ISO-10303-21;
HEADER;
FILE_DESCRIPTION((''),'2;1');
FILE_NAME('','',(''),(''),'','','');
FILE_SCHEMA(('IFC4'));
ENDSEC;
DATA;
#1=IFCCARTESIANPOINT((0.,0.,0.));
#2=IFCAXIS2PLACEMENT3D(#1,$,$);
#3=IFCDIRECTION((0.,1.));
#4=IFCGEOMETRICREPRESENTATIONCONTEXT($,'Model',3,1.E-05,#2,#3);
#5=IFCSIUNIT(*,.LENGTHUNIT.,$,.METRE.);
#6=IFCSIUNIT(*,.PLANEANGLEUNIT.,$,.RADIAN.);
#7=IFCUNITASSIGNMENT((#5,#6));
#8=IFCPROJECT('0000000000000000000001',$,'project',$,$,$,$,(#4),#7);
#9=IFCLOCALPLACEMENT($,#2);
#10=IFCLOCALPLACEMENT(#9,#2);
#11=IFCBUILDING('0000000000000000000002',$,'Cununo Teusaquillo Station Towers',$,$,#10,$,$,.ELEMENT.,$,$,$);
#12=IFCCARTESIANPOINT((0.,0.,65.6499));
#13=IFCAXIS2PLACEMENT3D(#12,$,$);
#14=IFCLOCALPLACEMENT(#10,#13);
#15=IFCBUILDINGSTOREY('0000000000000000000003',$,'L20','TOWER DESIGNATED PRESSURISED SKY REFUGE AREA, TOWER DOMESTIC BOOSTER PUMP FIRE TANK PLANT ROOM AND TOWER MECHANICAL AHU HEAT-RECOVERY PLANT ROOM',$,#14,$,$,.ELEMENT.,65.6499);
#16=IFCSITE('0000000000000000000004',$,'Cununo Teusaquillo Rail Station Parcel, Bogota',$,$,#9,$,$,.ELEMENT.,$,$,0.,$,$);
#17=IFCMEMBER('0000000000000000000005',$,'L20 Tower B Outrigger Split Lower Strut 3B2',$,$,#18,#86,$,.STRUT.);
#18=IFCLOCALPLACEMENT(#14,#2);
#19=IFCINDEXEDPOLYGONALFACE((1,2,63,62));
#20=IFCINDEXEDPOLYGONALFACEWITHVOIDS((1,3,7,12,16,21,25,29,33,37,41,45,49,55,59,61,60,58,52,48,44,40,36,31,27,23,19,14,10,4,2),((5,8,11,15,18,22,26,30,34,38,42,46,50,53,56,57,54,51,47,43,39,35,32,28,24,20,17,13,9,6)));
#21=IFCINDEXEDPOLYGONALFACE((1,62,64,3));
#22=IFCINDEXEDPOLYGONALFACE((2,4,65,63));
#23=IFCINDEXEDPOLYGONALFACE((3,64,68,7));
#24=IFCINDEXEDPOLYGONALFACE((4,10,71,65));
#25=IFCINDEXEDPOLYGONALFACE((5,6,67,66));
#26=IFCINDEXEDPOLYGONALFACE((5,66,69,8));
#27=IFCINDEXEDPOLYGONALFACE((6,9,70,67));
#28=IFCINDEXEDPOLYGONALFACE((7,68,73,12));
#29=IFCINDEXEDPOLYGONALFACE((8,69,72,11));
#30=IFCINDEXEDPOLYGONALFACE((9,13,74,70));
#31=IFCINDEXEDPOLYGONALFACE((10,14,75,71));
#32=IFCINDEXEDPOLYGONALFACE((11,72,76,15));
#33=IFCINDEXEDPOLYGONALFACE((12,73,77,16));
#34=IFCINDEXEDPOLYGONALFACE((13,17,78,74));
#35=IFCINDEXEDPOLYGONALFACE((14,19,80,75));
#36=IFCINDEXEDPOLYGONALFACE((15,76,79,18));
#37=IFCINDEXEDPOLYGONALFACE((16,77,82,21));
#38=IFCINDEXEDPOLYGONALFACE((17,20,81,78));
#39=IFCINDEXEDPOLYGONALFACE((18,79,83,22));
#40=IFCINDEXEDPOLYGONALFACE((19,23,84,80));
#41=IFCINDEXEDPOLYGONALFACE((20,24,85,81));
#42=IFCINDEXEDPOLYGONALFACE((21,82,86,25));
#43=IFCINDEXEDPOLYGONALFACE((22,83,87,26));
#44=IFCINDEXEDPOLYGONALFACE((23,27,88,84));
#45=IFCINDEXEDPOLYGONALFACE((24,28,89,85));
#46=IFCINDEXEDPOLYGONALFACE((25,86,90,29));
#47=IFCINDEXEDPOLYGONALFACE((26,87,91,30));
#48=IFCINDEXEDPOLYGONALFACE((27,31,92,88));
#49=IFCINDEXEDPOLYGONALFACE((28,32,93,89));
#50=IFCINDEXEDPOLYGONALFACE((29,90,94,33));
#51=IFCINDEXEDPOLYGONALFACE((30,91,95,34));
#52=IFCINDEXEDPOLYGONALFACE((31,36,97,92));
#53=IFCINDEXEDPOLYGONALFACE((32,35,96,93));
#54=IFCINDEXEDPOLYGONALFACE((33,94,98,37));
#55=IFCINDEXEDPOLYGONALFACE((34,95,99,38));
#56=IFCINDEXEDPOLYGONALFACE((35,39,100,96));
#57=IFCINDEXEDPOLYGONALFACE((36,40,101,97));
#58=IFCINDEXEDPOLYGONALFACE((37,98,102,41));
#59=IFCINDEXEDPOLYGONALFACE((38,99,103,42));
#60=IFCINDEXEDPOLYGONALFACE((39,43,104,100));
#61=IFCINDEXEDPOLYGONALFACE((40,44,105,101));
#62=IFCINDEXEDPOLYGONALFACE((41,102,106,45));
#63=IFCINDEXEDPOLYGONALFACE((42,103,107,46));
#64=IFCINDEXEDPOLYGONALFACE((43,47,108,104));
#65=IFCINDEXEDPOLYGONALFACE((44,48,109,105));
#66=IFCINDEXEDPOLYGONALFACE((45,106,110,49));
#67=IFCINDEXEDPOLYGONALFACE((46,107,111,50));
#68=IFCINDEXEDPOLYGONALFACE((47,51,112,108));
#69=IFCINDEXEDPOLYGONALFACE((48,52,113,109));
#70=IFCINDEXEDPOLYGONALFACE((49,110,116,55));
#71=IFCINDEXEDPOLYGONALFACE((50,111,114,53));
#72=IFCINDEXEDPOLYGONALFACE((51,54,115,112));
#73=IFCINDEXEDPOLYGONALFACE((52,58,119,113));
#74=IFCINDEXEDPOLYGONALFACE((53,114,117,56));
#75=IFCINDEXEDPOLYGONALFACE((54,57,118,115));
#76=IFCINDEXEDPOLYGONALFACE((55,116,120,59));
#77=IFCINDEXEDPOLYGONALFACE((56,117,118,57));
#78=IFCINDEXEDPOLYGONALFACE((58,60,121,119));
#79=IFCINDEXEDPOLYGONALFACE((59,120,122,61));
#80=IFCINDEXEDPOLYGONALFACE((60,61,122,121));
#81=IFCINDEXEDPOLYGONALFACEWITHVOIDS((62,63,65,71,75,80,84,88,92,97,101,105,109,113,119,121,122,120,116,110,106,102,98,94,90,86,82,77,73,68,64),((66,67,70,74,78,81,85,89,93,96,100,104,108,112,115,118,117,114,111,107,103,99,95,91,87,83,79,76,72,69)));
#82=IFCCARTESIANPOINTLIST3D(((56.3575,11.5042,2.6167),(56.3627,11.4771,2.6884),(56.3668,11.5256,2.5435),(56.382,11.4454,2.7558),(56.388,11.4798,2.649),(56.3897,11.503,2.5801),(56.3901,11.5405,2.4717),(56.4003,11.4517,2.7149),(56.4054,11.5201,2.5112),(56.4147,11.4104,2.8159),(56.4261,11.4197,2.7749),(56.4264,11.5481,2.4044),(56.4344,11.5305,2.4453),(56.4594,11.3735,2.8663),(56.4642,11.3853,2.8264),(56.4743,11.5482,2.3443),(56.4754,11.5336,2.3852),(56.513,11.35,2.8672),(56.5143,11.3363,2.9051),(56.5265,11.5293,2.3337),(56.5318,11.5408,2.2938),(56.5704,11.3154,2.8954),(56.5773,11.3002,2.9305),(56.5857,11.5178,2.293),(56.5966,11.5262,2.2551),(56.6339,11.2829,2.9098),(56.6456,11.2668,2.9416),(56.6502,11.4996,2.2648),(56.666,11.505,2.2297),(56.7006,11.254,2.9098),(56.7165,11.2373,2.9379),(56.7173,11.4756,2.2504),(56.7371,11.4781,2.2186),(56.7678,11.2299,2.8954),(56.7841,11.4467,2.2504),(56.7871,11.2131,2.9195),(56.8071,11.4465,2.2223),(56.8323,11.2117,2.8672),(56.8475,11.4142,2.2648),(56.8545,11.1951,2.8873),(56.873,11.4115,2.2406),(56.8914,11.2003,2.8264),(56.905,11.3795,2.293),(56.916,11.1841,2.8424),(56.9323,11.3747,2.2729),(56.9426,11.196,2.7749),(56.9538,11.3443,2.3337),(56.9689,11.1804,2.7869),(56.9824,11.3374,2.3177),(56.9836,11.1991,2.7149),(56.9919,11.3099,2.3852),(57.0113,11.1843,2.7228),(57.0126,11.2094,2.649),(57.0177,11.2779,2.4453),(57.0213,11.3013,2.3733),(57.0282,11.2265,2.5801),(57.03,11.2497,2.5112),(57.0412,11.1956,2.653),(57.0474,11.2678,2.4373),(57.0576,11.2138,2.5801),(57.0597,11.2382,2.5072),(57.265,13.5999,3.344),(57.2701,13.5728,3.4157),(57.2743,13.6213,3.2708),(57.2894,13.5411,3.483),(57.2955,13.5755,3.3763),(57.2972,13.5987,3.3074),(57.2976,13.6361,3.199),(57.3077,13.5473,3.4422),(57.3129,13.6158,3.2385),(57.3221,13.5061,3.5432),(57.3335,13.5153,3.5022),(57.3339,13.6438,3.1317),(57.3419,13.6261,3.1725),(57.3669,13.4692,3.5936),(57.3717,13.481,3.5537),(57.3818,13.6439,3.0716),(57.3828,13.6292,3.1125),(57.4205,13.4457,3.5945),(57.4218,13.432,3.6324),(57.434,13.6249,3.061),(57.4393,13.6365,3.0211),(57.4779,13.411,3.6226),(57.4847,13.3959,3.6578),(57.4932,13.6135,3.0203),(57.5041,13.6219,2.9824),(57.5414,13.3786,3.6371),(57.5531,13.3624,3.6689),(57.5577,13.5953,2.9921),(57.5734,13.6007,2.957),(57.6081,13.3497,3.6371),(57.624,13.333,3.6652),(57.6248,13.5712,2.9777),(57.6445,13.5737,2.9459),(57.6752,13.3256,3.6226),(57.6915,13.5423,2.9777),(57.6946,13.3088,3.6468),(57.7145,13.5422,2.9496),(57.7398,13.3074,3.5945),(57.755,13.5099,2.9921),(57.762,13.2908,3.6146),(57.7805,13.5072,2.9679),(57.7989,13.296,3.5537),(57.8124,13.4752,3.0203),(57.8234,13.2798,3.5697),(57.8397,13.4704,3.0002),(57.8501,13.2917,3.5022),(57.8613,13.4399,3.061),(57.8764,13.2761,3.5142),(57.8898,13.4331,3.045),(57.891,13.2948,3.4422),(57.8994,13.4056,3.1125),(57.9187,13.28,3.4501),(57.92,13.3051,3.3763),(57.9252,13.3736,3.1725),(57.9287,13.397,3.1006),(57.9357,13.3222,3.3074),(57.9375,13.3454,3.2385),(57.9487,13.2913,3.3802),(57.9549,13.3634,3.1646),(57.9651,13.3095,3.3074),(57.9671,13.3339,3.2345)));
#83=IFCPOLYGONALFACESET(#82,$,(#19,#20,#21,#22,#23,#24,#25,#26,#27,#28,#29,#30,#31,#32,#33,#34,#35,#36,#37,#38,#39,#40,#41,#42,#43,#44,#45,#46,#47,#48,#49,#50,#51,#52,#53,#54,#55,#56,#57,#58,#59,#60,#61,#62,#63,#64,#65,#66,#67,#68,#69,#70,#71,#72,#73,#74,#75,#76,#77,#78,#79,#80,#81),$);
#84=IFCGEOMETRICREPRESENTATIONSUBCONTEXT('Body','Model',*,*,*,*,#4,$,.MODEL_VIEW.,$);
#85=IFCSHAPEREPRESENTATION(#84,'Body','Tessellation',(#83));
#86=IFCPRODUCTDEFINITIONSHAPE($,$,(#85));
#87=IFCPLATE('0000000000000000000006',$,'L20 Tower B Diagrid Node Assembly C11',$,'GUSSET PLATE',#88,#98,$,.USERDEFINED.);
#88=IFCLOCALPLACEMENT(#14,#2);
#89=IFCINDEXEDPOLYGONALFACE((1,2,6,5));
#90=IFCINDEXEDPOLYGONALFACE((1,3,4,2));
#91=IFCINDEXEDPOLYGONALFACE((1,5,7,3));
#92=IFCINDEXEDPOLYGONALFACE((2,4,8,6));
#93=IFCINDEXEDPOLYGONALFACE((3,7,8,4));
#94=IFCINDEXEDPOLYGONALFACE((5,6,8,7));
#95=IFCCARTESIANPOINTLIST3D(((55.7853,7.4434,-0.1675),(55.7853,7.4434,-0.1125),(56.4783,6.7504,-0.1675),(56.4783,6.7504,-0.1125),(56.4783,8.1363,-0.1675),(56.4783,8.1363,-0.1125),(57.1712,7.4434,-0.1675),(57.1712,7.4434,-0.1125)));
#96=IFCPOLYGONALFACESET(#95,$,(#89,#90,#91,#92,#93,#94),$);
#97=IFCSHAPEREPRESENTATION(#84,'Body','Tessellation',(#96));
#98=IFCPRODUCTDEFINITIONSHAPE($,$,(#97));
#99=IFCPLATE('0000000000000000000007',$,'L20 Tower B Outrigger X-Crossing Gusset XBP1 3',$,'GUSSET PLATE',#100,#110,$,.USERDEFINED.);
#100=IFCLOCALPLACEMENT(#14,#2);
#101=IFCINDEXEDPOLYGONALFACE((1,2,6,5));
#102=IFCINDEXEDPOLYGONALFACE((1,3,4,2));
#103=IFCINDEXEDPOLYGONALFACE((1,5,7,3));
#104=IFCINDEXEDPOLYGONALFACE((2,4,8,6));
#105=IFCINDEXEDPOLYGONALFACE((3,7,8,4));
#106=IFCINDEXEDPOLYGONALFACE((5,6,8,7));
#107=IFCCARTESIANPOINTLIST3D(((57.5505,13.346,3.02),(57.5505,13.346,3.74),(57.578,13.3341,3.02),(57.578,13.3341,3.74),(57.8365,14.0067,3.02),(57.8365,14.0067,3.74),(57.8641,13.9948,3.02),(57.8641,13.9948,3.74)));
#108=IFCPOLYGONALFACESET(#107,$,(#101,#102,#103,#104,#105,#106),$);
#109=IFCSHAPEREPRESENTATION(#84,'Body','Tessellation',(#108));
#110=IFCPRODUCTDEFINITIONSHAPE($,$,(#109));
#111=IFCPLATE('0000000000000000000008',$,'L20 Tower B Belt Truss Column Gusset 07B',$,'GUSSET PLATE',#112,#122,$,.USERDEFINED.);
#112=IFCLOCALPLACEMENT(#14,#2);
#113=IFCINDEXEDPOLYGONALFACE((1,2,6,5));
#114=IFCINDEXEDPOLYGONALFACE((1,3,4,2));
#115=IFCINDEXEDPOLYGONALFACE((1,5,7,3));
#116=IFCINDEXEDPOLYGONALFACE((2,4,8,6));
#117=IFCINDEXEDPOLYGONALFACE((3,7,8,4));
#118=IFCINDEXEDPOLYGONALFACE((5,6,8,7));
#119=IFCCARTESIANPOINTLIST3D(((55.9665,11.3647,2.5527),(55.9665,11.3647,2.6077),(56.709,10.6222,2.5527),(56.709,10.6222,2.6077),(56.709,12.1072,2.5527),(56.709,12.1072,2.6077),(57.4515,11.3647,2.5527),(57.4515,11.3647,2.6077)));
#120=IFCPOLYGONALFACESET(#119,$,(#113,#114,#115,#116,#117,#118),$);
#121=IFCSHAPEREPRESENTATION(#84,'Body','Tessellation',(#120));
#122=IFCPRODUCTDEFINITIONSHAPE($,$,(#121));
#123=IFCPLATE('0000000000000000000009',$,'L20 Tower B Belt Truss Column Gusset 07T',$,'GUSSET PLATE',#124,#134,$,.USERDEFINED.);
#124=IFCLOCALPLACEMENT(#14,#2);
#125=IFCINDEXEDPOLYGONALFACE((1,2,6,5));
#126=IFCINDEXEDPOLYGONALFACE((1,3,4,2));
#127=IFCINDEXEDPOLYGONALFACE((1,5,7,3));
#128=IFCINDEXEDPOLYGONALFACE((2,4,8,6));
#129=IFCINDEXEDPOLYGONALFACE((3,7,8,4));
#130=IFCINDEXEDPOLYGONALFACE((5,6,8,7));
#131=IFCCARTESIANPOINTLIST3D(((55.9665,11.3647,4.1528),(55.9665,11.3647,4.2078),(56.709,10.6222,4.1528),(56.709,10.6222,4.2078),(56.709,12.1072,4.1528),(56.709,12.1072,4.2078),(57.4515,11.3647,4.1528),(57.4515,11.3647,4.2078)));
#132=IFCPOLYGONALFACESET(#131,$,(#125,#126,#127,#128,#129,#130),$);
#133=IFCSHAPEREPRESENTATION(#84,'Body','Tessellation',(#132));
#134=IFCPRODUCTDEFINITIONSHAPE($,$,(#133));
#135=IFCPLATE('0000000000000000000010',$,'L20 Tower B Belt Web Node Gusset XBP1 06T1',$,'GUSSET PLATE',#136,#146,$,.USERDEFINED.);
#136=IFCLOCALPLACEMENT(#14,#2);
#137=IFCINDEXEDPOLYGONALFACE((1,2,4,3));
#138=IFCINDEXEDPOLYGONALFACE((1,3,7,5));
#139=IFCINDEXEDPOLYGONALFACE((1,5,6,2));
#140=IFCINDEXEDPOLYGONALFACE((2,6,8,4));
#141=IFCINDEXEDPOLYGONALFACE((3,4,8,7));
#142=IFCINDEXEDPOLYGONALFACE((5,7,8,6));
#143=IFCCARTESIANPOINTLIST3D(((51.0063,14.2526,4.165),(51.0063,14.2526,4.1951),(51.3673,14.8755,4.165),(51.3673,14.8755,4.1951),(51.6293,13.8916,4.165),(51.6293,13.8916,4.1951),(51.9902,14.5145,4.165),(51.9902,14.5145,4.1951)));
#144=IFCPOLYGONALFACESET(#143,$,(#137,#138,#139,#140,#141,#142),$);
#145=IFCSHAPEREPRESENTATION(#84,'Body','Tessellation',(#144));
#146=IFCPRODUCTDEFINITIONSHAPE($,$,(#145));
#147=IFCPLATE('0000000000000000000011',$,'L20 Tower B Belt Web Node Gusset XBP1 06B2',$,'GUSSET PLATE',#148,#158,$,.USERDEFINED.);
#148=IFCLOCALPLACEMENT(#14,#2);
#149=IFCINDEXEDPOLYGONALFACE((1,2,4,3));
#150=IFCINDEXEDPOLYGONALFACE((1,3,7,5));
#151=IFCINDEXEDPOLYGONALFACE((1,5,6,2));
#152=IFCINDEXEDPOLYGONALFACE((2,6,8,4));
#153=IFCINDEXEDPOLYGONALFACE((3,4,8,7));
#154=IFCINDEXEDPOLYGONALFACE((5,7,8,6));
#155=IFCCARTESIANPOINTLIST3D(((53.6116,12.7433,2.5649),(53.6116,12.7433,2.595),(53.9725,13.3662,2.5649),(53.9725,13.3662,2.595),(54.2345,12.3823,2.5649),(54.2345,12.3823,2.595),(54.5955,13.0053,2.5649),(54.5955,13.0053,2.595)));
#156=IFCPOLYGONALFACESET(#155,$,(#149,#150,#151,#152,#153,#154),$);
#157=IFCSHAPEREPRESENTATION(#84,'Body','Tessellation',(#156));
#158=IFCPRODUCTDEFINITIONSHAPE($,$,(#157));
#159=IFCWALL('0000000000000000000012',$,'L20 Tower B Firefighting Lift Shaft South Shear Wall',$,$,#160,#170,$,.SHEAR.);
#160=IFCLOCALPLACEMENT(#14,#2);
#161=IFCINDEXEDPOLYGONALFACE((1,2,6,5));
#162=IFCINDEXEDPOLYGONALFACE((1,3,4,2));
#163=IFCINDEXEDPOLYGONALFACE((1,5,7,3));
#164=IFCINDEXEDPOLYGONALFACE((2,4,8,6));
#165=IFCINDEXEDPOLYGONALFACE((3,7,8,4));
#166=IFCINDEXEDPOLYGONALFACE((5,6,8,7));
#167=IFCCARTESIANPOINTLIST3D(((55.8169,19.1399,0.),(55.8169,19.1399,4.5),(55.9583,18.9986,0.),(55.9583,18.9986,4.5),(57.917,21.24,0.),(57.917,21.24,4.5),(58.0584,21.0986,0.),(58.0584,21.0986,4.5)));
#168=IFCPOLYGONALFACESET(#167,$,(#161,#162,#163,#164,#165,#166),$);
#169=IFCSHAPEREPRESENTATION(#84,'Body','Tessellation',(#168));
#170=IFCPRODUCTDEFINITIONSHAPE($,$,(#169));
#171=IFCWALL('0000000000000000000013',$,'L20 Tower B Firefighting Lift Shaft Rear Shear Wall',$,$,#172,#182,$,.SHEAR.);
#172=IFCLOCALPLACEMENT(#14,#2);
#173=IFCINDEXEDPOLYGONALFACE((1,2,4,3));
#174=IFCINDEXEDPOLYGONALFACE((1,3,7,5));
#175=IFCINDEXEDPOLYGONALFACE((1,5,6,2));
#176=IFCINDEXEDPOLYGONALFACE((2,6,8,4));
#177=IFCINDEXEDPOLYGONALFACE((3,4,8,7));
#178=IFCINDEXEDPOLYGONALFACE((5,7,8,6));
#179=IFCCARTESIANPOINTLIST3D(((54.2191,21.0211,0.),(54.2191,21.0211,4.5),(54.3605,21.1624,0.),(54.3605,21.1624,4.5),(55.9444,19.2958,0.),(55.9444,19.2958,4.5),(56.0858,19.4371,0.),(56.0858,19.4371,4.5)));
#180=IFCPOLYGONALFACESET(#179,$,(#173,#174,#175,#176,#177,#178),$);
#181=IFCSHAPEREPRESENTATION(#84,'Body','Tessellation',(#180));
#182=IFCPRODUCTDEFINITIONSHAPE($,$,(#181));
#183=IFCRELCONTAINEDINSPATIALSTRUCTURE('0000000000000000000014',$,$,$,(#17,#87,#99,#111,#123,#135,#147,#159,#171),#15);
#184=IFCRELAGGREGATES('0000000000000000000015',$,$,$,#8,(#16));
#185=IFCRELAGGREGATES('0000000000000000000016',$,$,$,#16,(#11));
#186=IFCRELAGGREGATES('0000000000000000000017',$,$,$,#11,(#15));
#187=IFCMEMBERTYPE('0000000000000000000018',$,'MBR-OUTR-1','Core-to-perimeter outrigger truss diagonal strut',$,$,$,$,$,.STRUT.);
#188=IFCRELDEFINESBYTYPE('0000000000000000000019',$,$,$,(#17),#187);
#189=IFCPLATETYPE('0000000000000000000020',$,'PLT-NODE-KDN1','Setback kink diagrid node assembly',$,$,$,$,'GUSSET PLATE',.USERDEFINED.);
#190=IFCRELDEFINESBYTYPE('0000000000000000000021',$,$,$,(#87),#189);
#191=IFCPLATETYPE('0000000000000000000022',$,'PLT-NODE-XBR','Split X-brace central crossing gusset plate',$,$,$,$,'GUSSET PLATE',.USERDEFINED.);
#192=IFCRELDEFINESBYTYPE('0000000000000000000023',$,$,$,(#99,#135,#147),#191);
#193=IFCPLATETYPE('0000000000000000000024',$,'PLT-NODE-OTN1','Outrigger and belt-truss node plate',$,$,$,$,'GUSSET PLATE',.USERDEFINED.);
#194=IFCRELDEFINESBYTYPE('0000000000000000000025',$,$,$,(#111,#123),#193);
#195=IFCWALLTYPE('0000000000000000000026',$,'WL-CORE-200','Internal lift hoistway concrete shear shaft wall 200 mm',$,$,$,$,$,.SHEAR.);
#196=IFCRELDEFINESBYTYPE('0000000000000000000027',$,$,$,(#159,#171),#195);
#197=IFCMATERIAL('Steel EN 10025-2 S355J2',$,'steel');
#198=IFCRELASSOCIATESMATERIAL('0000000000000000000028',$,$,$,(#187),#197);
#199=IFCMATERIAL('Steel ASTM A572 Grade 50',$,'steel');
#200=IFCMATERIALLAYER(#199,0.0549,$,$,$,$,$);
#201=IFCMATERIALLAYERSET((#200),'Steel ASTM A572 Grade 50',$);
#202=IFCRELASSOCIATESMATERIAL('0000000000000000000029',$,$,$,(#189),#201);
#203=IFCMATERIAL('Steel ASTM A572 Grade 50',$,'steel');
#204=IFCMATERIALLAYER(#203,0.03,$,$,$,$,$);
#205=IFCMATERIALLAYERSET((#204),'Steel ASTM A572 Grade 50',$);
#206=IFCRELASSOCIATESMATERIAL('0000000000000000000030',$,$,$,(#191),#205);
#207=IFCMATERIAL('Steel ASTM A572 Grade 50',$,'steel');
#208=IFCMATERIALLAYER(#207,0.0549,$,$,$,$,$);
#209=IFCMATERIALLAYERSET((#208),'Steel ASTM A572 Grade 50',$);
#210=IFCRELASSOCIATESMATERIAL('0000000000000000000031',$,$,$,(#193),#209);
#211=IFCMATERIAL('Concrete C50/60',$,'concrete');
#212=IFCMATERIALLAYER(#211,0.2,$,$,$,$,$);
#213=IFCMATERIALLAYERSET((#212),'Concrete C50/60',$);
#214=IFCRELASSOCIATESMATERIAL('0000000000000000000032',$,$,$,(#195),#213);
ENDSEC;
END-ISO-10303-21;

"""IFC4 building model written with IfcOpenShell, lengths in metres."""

from ifc_helpers import new_model, si_unit, direction, frame, frame_2d, origin, origin_2d, place, context, subcontext, project, spatial, rectangle, hollow_circle, extrude, source, transform, mapped, material, layer, layer_set, material_profile, profile_set, type_object, element, save


model = new_model("IFC4")

# Units and contexts
model_context = context("Model", 3, precision=1e-05, world=origin(), true_north=direction((0.0, 1.0)))
body_context = subcontext(model_context, "Body", "Model", "MODEL_VIEW")
ifc_project = project(units=[si_unit("LENGTHUNIT", "METRE"), si_unit("PLANEANGLEUNIT", "RADIAN")], contexts=[model_context])

# Site, building, storey
site_placement = place(None, origin())
site = spatial("IfcSite", under=ifc_project, at=site_placement, Name="Cununo Teusaquillo Rail Station Parcel, Bogota", CompositionType="ELEMENT", RefElevation=0.0)
building_placement = place(site_placement, origin())
building = spatial("IfcBuilding", under=site, at=building_placement, Name="Cununo Teusaquillo Station Towers", CompositionType="ELEMENT")
storey_placement = place(building_placement, frame((0.0, 0.0, 65.6499)))
storey = spatial("IfcBuildingStorey", under=building, at=storey_placement, Name="L20", Description="TOWER DESIGNATED PRESSURISED SKY REFUGE AREA, TOWER DOMESTIC BOOSTER PUMP FIRE TANK PLANT ROOM AND TOWER MECHANICAL AHU HEAT-RECOVERY PLANT ROOM", CompositionType="ELEMENT", Elevation=65.6499)

# Member
ifc_material_1 = material(Name="Steel EN 10025-2 S355J2", Category="steel")
ifc_material_profile_1 = material_profile(ifc_material_1, hollow_circle(Radius=0.3799, WallThickness=0.032, at=origin_2d()), Name="CHS 760x32")
ifc_profile_set_1 = profile_set([ifc_material_profile_1], Name="Steel EN 10025-2 S355J2")
member_type_1 = type_object("IfcMemberType", Name="MBR-OUTR-1", Description="Core-to-perimeter outrigger truss diagonal strut", PredefinedType="STRUT", material=ifc_profile_set_1)
member_1_placement = place(storey_placement, frame((57.6165, 13.4604, 3.3074), z_axis=(-0.378625, -0.874392, -0.30345), x_axis=(0.917662, -0.397361, 0.0)))
element("IfcMember", 1, at=member_1_placement, inside=storey, type_object=member_type_1, Name="L20 Tower B Outrigger Split Lower Strut 3B2", PredefinedType="STRUT", context=body_context, shape_type="SweptSolid", body=[
    extrude(hollow_circle(Radius=0.3799, WallThickness=0.032, at=origin_2d()), origin(), (0.0, 0.0, 1.0), 2.3967),
])

# Plates
ifc_material_2 = material(Name="Steel ASTM A572 Grade 50", Category="steel")
ifc_layer_1 = layer(ifc_material_2, 0.0549)
ifc_layer_set_1 = layer_set([ifc_layer_1], Name="Steel ASTM A572 Grade 50")
plate_type_1 = type_object("IfcPlateType", Name="PLT-NODE-KDN1", Description="Setback kink diagrid node assembly", ElementType="GUSSET PLATE", PredefinedType="USERDEFINED", material=ifc_layer_set_1)
shared_shape_1 = source(origin(), body_context, "Body", "SweptSolid", [
    extrude(rectangle(XDim=0.98, YDim=0.98, at=origin_2d()), origin(), (0.0, 0.0, 1.0), 0.0549),
])
plate_1_placement = place(storey_placement, frame((56.4783, 7.4434, -0.1675), z_axis=(0.0, 0.0, 1.0), x_axis=(0.707107, 0.707107, 0.0)))
element("IfcPlate", 2, at=plate_1_placement, inside=storey, type_object=plate_type_1, Name="L20 Tower B Diagrid Node Assembly C11", ObjectType="GUSSET PLATE", PredefinedType="USERDEFINED", context=body_context, shape_type="MappedRepresentation", body=[
    mapped(shared_shape_1, transform((0.0, 0.0, 0.0), x_axis=(1.0, 0.0, 0.0), y_axis=(0.0, 1.0, 0.0), z_axis=(0.0, 0.0, 1.0), scale=1.0)),
])
ifc_material_3 = material(Name="Steel ASTM A572 Grade 50", Category="steel")
ifc_layer_2 = layer(ifc_material_3, 0.03)
ifc_layer_set_2 = layer_set([ifc_layer_2], Name="Steel ASTM A572 Grade 50")
plate_type_2 = type_object("IfcPlateType", Name="PLT-NODE-XBR", Description="Split X-brace central crossing gusset plate", ElementType="GUSSET PLATE", PredefinedType="USERDEFINED", material=ifc_layer_set_2)
shared_shape_2 = source(origin(), body_context, "Body", "SweptSolid", [
    extrude(rectangle(XDim=0.72, YDim=0.03, at=origin_2d()), origin(), (0.0, 0.0, 1.0), 0.72),
])
plate_2_placement = place(storey_placement, frame((57.7073, 13.6704, 3.02), z_axis=(0.0, 0.0, 1.0), x_axis=(-0.397308, -0.917685, 0.0)))
element("IfcPlate", 3, at=plate_2_placement, inside=storey, type_object=plate_type_2, Name="L20 Tower B Outrigger X-Crossing Gusset XBP1 3", ObjectType="GUSSET PLATE", PredefinedType="USERDEFINED", context=body_context, shape_type="MappedRepresentation", body=[
    mapped(shared_shape_2, transform((0.0, 0.0, 0.0), x_axis=(1.0, 0.0, 0.0), y_axis=(0.0, 1.0, 0.0), z_axis=(0.0, 0.0, 1.0), scale=1.0)),
])
ifc_material_4 = material(Name="Steel ASTM A572 Grade 50", Category="steel")
ifc_layer_3 = layer(ifc_material_4, 0.0549)
ifc_layer_set_3 = layer_set([ifc_layer_3], Name="Steel ASTM A572 Grade 50")
plate_type_3 = type_object("IfcPlateType", Name="PLT-NODE-OTN1", Description="Outrigger and belt-truss node plate", ElementType="GUSSET PLATE", PredefinedType="USERDEFINED", material=ifc_layer_set_3)
shared_shape_3 = source(origin(), body_context, "Body", "SweptSolid", [
    extrude(rectangle(XDim=1.05, YDim=1.05, at=origin_2d()), origin(), (0.0, 0.0, 1.0), 0.0549),
])
for number, where, z_axis, x_axis, name in (
    (4, (56.709, 11.3647, 2.5527), (0.0, 0.0, 1.0), (0.707107, 0.707107, 0.0), "L20 Tower B Belt Truss Column Gusset 07B"),
    (5, (56.709, 11.3647, 4.1528), (0.0, 0.0, 1.0), (0.707107, 0.707107, 0.0), "L20 Tower B Belt Truss Column Gusset 07T"),
):
    element("IfcPlate", number, at=place(storey_placement, frame(where, z_axis=z_axis, x_axis=x_axis)), inside=storey, type_object=plate_type_3, Name=name, ObjectType="GUSSET PLATE", PredefinedType="USERDEFINED", context=body_context, shape_type="MappedRepresentation", body=[
        mapped(shared_shape_3, transform((0.0, 0.0, 0.0), x_axis=(1.0, 0.0, 0.0), y_axis=(0.0, 1.0, 0.0), z_axis=(0.0, 0.0, 1.0), scale=1.0)),
    ])
shared_shape_4 = source(origin(), body_context, "Body", "SweptSolid", [
    extrude(rectangle(XDim=0.72, YDim=0.72, at=origin_2d()), origin(), (0.0, 0.0, 1.0), 0.03),
])
for number, where, z_axis, x_axis, name in (
    (6, (51.4983, 14.3835, 4.165), (0.0, 0.0, 1.0), (0.865239, -0.50136, 0.0), "L20 Tower B Belt Web Node Gusset XBP1 06T1"),
    (7, (54.1035, 12.8743, 2.5649), (0.0, 0.0, 1.0), (0.865239, -0.50136, 0.0), "L20 Tower B Belt Web Node Gusset XBP1 06B2"),
):
    element("IfcPlate", number, at=place(storey_placement, frame(where, z_axis=z_axis, x_axis=x_axis)), inside=storey, type_object=plate_type_2, Name=name, ObjectType="GUSSET PLATE", PredefinedType="USERDEFINED", context=body_context, shape_type="MappedRepresentation", body=[
        mapped(shared_shape_4, transform((0.0, 0.0, 0.0), x_axis=(1.0, 0.0, 0.0), y_axis=(0.0, 1.0, 0.0), z_axis=(0.0, 0.0, 1.0), scale=1.0)),
    ])

# Walls
ifc_material_5 = material(Name="Concrete C50/60", Category="concrete")
ifc_layer_4 = layer(ifc_material_5, 0.2)
ifc_layer_set_4 = layer_set([ifc_layer_4], Name="Concrete C50/60")
wall_type_1 = type_object("IfcWallType", Name="WL-CORE-200", Description="Internal lift hoistway concrete shear shaft wall 200 mm", PredefinedType="SHEAR", material=ifc_layer_set_4)
wall_1_placement = place(storey_placement, frame((55.8877, 19.0693, 0.0), z_axis=(0.0, 0.0, 1.0), x_axis=(0.707107, 0.707107, 0.0)))
element("IfcWall", 8, at=wall_1_placement, inside=storey, type_object=wall_type_1, Name="L20 Tower B Firefighting Lift Shaft South Shear Wall", PredefinedType="SHEAR", context=body_context, shape_type="SweptSolid", body=[
    extrude(rectangle(XDim=2.97, YDim=0.2, at=frame_2d((1.4849, 0.0))), origin(), (0.0, 0.0, 1.0), 4.5),
])
wall_2_placement = place(storey_placement, frame((56.0151, 19.3665, 0.0), z_axis=(0.0, 0.0, 1.0), x_axis=(-0.707107, 0.707107, 0.0)))
element("IfcWall", 9, at=wall_2_placement, inside=storey, type_object=wall_type_1, Name="L20 Tower B Firefighting Lift Shaft Rear Shear Wall", PredefinedType="SHEAR", context=body_context, shape_type="SweptSolid", body=[
    extrude(rectangle(XDim=2.4399, YDim=0.2, at=frame_2d((1.22, 0.0))), origin(), (0.0, 0.0, 1.0), 4.5),
])

save(model, "model.ifc")
